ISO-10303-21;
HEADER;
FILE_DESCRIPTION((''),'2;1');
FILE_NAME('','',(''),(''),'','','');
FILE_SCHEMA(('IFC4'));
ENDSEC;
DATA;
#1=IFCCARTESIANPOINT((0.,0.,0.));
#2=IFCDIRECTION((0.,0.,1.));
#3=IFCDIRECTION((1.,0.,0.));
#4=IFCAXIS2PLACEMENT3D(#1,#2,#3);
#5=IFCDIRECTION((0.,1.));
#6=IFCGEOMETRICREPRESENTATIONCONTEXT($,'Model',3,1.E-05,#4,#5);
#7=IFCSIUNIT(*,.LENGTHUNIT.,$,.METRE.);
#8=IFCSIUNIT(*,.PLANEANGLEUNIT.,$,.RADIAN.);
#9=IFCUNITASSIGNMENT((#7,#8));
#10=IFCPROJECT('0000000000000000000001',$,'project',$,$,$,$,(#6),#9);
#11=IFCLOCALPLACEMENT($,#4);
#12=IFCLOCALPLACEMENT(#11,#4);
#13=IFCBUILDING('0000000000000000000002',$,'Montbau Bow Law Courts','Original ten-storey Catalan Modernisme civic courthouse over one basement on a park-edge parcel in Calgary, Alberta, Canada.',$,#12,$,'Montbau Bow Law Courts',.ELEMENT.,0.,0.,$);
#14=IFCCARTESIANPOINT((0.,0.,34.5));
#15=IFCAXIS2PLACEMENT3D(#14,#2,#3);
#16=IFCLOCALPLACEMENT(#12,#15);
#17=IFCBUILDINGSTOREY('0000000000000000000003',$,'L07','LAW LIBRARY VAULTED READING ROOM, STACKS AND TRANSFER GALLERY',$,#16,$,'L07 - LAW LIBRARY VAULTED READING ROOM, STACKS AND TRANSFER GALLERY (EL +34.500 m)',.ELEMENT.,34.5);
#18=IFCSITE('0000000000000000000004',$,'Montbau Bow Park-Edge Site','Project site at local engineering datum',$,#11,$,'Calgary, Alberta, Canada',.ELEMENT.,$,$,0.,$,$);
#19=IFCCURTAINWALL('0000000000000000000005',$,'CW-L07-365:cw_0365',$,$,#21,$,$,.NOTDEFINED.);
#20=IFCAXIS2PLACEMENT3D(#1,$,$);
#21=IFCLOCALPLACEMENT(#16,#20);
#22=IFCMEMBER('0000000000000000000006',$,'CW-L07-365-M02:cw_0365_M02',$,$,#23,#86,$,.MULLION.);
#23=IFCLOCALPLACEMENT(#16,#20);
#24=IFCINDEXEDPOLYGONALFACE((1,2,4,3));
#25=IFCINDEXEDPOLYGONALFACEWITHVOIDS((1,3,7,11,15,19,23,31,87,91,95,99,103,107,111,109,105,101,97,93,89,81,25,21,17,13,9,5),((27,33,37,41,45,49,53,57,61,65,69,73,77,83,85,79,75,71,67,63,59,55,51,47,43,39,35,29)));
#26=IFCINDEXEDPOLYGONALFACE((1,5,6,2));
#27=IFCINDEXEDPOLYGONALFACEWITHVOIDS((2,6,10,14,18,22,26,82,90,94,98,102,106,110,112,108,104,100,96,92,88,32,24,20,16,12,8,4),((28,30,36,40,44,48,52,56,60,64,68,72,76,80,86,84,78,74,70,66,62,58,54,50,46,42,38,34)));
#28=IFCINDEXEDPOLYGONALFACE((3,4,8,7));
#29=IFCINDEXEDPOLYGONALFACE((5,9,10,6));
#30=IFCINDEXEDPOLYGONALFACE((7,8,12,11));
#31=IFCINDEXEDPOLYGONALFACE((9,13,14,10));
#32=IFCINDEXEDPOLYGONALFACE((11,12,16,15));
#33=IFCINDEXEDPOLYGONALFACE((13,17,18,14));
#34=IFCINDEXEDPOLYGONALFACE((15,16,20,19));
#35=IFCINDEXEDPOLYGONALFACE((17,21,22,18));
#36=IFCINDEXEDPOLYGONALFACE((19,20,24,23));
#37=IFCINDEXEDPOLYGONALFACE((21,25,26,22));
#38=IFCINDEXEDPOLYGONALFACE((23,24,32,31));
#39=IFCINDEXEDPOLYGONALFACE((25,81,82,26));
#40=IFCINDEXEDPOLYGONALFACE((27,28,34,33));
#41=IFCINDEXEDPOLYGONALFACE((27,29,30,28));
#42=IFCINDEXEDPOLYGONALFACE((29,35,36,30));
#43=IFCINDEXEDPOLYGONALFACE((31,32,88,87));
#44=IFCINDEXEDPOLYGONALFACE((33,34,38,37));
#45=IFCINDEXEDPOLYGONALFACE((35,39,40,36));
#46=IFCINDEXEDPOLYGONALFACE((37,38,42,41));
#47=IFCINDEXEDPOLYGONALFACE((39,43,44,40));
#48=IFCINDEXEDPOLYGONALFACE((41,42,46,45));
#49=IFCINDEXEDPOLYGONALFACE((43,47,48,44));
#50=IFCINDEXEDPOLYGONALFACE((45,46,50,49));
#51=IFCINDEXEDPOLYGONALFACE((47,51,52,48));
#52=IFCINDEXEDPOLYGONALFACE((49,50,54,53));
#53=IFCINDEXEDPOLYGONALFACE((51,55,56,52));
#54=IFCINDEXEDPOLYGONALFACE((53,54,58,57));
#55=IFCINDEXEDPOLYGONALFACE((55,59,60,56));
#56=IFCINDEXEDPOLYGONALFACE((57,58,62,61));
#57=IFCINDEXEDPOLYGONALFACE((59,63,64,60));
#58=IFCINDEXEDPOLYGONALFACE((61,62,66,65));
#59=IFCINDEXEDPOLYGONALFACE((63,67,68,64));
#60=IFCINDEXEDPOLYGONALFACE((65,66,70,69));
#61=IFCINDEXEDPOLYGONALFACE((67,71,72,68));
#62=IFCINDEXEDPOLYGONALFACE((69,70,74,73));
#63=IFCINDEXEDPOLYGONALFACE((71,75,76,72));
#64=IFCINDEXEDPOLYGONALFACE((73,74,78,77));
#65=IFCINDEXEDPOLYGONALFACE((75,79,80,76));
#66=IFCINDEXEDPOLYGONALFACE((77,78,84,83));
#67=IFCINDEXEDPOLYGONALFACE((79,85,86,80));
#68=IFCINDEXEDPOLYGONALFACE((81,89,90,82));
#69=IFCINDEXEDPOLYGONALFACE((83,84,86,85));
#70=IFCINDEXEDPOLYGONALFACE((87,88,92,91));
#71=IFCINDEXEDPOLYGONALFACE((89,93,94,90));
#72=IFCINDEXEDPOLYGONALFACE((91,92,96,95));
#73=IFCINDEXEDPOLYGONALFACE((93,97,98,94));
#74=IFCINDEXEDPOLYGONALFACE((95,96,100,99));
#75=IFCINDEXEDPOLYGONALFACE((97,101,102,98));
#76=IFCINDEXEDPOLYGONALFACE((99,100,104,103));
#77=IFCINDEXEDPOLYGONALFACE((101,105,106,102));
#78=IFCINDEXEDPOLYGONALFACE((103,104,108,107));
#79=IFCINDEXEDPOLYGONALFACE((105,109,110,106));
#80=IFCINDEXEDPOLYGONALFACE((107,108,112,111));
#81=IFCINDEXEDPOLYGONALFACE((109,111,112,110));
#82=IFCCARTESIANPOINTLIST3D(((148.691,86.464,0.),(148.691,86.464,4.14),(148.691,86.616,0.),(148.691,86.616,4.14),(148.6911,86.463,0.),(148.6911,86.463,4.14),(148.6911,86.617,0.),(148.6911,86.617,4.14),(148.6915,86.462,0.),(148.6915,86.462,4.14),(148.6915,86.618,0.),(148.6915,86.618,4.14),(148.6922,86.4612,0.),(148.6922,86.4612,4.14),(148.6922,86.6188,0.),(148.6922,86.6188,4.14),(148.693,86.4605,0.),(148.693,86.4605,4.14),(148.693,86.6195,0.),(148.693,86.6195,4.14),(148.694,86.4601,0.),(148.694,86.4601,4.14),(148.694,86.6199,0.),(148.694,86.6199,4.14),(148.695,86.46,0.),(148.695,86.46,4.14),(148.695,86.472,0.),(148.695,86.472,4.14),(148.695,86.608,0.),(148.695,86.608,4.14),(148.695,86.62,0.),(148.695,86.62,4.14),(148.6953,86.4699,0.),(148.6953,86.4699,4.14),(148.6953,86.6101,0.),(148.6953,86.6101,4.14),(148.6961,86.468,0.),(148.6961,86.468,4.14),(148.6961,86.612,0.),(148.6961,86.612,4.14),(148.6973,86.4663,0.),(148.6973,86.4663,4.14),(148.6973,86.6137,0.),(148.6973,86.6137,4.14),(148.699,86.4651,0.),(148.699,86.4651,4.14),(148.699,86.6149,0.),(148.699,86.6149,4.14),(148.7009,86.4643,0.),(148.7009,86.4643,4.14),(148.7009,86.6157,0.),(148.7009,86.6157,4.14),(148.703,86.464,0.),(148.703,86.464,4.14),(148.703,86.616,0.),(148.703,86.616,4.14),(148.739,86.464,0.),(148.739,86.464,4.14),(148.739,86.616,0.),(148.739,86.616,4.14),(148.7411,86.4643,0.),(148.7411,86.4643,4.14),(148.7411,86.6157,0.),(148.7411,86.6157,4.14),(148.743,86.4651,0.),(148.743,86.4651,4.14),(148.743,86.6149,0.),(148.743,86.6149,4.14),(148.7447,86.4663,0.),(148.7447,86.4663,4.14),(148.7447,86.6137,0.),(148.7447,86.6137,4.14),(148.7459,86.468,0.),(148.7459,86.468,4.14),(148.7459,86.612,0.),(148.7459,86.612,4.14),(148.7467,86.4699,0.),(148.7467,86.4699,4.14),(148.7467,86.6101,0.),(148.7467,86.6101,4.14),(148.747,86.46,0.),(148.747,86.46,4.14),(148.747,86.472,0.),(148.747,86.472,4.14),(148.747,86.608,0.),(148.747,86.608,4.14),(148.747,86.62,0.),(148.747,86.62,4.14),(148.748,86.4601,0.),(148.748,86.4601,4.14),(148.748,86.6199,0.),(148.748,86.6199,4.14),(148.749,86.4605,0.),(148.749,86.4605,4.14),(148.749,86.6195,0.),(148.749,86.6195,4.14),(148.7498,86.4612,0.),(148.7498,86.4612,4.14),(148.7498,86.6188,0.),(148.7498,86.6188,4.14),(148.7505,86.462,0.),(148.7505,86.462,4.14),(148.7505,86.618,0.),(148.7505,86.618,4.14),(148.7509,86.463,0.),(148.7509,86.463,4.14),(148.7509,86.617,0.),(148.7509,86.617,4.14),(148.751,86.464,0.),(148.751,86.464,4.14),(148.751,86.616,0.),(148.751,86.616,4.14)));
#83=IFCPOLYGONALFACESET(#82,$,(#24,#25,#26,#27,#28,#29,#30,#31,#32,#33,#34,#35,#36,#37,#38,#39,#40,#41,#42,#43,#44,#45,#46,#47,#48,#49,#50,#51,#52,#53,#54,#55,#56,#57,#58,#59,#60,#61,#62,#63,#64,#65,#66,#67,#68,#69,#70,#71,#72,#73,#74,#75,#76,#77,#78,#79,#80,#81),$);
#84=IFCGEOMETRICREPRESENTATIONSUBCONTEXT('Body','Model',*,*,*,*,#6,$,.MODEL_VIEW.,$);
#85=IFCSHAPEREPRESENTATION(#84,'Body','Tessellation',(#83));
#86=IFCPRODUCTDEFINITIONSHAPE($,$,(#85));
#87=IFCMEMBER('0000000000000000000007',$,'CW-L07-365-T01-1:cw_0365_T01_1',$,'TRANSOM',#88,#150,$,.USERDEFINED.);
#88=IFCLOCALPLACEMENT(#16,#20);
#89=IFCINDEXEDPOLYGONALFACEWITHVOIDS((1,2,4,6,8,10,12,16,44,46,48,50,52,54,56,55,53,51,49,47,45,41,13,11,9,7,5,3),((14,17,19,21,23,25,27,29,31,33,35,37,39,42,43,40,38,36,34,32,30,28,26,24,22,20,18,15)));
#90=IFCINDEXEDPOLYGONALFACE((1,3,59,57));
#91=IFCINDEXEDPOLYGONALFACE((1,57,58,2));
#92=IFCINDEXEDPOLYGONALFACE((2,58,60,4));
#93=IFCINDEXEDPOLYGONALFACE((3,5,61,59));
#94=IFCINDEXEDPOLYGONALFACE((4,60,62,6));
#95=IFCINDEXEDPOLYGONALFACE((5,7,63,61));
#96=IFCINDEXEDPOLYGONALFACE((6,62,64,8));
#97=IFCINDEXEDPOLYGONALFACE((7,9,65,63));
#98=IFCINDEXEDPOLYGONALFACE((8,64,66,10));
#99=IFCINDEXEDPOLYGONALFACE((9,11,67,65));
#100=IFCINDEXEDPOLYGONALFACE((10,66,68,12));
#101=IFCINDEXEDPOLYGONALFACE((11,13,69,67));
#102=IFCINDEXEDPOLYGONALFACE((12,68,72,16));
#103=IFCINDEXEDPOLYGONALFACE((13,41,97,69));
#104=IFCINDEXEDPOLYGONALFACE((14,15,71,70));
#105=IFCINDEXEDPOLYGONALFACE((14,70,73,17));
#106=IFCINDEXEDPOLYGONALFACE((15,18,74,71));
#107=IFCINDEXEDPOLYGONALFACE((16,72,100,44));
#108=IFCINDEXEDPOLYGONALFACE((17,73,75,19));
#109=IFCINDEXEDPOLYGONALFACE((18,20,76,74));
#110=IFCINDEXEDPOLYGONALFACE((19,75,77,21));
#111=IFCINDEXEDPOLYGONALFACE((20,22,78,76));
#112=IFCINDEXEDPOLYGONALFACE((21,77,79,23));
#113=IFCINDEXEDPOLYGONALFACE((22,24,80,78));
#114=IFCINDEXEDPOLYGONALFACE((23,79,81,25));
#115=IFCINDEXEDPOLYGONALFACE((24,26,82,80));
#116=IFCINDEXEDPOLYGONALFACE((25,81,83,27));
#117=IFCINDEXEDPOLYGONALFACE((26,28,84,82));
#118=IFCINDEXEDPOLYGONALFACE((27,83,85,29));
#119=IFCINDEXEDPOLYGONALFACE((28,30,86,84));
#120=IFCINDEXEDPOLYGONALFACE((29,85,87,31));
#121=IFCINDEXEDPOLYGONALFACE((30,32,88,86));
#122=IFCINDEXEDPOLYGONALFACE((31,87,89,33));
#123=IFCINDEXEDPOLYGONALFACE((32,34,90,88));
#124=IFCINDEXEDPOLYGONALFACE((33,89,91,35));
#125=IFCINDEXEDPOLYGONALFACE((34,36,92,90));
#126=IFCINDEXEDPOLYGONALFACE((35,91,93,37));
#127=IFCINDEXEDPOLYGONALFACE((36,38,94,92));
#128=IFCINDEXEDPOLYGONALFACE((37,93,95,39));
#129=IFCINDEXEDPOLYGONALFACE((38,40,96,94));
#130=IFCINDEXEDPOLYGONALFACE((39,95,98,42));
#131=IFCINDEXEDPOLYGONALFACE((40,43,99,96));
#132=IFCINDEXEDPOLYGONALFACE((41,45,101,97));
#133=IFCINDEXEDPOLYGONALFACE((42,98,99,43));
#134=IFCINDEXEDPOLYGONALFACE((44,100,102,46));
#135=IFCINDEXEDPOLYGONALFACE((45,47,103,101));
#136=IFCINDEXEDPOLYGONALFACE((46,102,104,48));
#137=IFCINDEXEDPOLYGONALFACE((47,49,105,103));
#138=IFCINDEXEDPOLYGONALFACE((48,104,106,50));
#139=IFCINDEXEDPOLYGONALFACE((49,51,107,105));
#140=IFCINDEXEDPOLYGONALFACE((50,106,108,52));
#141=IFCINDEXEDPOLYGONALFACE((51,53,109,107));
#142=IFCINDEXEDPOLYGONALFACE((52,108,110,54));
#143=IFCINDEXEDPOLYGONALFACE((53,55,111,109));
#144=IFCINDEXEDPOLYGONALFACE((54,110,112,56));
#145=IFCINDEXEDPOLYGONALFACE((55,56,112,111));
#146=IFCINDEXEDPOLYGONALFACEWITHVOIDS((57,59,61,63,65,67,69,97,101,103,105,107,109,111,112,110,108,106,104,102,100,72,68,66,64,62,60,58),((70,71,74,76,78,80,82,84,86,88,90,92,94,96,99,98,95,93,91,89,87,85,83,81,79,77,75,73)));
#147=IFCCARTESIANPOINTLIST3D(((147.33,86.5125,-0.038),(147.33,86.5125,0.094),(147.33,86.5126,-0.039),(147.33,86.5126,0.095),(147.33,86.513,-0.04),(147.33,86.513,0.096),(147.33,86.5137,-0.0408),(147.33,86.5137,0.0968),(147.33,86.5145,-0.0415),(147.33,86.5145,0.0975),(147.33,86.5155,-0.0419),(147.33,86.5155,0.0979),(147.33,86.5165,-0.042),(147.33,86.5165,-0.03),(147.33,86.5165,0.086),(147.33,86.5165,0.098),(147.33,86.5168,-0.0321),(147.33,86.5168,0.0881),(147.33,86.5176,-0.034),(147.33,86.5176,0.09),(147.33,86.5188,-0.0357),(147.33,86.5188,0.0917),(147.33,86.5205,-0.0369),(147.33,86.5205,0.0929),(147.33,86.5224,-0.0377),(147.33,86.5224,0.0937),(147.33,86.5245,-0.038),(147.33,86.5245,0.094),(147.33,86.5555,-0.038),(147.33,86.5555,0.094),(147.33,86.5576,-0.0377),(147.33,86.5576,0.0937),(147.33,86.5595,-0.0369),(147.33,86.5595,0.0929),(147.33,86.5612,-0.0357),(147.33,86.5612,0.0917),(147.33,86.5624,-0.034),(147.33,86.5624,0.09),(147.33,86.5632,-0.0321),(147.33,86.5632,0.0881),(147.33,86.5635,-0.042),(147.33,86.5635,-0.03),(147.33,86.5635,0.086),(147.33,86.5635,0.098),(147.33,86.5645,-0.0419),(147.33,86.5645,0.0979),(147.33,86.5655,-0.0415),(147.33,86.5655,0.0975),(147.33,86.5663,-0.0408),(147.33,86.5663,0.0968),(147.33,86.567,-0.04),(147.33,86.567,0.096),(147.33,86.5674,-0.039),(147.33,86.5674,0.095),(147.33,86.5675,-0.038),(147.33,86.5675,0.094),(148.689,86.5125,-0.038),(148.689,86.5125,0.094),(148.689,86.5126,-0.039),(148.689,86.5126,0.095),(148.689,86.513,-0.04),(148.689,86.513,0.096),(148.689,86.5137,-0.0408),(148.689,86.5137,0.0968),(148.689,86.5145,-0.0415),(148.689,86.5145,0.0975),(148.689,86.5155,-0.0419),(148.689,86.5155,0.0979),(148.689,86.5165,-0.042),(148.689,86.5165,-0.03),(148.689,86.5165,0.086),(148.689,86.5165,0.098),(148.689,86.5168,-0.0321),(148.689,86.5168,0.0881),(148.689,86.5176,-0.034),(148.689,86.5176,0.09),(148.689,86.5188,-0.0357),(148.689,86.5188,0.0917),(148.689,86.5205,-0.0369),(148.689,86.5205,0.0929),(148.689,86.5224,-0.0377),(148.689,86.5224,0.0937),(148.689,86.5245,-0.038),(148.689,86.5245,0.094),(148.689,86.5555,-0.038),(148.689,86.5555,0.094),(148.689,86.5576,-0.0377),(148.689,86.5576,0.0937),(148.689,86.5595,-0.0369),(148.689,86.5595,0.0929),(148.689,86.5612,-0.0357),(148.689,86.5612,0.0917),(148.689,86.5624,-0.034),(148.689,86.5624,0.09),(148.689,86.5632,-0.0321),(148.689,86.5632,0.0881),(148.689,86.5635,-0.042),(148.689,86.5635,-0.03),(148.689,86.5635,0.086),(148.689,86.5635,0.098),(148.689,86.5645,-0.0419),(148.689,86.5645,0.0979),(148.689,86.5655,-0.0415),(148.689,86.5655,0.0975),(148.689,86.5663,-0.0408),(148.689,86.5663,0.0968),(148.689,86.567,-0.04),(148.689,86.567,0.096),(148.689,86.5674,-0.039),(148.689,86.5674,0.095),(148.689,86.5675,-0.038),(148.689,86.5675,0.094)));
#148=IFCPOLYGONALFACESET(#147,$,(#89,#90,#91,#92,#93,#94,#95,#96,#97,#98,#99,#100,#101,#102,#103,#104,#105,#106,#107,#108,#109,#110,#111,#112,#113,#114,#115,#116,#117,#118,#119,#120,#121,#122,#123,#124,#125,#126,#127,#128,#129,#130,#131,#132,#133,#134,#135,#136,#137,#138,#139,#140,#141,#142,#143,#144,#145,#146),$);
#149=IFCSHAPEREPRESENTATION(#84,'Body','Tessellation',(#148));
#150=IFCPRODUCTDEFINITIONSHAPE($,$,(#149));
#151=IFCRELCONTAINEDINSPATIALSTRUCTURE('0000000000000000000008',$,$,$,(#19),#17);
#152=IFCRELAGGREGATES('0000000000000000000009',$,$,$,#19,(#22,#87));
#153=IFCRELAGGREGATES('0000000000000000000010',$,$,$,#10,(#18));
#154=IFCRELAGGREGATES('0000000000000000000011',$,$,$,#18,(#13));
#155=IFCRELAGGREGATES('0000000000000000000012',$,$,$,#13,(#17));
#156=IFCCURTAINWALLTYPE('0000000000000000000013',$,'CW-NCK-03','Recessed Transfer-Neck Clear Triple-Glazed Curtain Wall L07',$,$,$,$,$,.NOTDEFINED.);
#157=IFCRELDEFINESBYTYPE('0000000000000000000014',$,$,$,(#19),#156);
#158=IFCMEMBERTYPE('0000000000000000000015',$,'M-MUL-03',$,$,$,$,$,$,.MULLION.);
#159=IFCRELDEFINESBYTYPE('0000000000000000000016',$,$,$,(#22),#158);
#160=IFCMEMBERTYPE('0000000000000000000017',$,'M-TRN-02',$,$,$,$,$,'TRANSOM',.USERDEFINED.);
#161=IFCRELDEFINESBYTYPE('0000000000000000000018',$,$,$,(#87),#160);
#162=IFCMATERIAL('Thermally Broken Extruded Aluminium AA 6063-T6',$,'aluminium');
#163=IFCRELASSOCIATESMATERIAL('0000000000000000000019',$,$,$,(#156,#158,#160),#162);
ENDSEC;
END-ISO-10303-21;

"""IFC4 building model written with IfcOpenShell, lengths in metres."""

from ifc_helpers import new_model, si_unit, direction, frame, origin_with_axes, origin_2d_with_axis, place, context, subcontext, project, spatial, hollow_rectangle, extrude, material, material_profile, profile_set, type_object, element, aggregate, save


model = new_model("IFC4")

# Units and contexts
model_context = context("Model", 3, precision=1e-05, world=origin_with_axes(), true_north=direction((0.0, 1.0)))
body_context = subcontext(model_context, "Body", "Model", "MODEL_VIEW")
ifc_project = project(units=[si_unit("LENGTHUNIT", "METRE"), si_unit("PLANEANGLEUNIT", "RADIAN")], contexts=[model_context])

# Site, building, storey
site_placement = place(None, origin_with_axes())
site = spatial("IfcSite", under=ifc_project, at=site_placement, Name="Montbau Bow Park-Edge Site", Description="Project site at local engineering datum", LongName="Calgary, Alberta, Canada", CompositionType="ELEMENT", RefElevation=0.0)
building_placement = place(site_placement, origin_with_axes())
building = spatial("IfcBuilding", under=site, at=building_placement, Name="Montbau Bow Law Courts", Description="Original ten-storey Catalan Modernisme civic courthouse over one basement on a park-edge parcel in Calgary, Alberta, Canada.", LongName="Montbau Bow Law Courts", CompositionType="ELEMENT", ElevationOfRefHeight=0.0, ElevationOfTerrain=0.0)
storey_placement = place(building_placement, frame((0.0, 0.0, 34.5), z_axis=(0.0, 0.0, 1.0), x_axis=(1.0, 0.0, 0.0)))
storey = spatial("IfcBuildingStorey", under=building, at=storey_placement, Name="L07", Description="LAW LIBRARY VAULTED READING ROOM, STACKS AND TRANSFER GALLERY", LongName="L07 - LAW LIBRARY VAULTED READING ROOM, STACKS AND TRANSFER GALLERY (EL +34.500 m)", CompositionType="ELEMENT", Elevation=34.5)

# Curtain wall, members
ifc_material_1 = material(Name="Thermally Broken Extruded Aluminium AA 6063-T6", Category="aluminium")
curtain_wall_type = type_object("IfcCurtainWallType", Name="CW-NCK-03", Description="Recessed Transfer-Neck Clear Triple-Glazed Curtain Wall L07", PredefinedType="NOTDEFINED", material=ifc_material_1)
curtain_wall_placement = place(None, frame((147.268, 86.54, 34.5), z_axis=(0.0, 0.0, 1.0), x_axis=(1.0, 0.0, 0.0)))
curtain_wall = element("IfcCurtainWall", 1, at=curtain_wall_placement, inside=storey, type_object=curtain_wall_type, Name="CW-L07-365:cw_0365", PredefinedType="NOTDEFINED")
ifc_material_profile_1 = material_profile(ifc_material_1, hollow_rectangle(XDim=0.06, YDim=0.16, WallThickness=0.004, InnerFilletRadius=0.008, OuterFilletRadius=0.004, at=origin_2d_with_axis()), Name="CWM-160X60", Category="Main", Priority=0)
ifc_profile_set_1 = profile_set([ifc_material_profile_1], Name="Thermally Broken Extruded Aluminium AA 6063-T6")
member_type_1 = type_object("IfcMemberType", Name="M-MUL-03", PredefinedType="MULLION", material=ifc_profile_set_1)
member_1_placement = place(None, frame((148.721, 86.54, 34.5), z_axis=(0.0, 0.0, 1.0), x_axis=(1.0, 0.0, 0.0)))
member_1 = element("IfcMember", 2, at=member_1_placement, type_object=member_type_1, Name="CW-L07-365-M02:cw_0365_M02", PredefinedType="MULLION", context=body_context, shape_type="SweptSolid", body=[
    extrude(hollow_rectangle(XDim=0.06, YDim=0.16, WallThickness=0.004, InnerFilletRadius=0.008, OuterFilletRadius=0.004, at=origin_2d_with_axis()), origin_with_axes(), (0.0, 0.0, 1.0), 4.14),
])
ifc_material_profile_2 = material_profile(ifc_material_1, hollow_rectangle(XDim=0.055, YDim=0.14, WallThickness=0.004, InnerFilletRadius=0.008, OuterFilletRadius=0.004, at=origin_2d_with_axis()), Name="CWT-140X55", Category="Main", Priority=0)
ifc_profile_set_2 = profile_set([ifc_material_profile_2], Name="Thermally Broken Extruded Aluminium AA 6063-T6")
member_type_2 = type_object("IfcMemberType", Name="M-TRN-02", ElementType="TRANSOM", PredefinedType="USERDEFINED", material=ifc_profile_set_2)
member_2_placement = place(None, frame((147.33, 86.54, 34.528), z_axis=(1.0, 0.0, 0.0), x_axis=(0.0, 1.0, 0.0)))
member_2 = element("IfcMember", 3, at=member_2_placement, type_object=member_type_2, Name="CW-L07-365-T01-1:cw_0365_T01_1", ObjectType="TRANSOM", PredefinedType="USERDEFINED", context=body_context, shape_type="SweptSolid", body=[
    extrude(hollow_rectangle(XDim=0.055, YDim=0.14, WallThickness=0.004, InnerFilletRadius=0.008, OuterFilletRadius=0.004, at=origin_2d_with_axis()), origin_with_axes(), (0.0, 0.0, 1.0), 1.359),
])
aggregate(curtain_wall, [member_1, member_2])

save(model, "model.ifc")
